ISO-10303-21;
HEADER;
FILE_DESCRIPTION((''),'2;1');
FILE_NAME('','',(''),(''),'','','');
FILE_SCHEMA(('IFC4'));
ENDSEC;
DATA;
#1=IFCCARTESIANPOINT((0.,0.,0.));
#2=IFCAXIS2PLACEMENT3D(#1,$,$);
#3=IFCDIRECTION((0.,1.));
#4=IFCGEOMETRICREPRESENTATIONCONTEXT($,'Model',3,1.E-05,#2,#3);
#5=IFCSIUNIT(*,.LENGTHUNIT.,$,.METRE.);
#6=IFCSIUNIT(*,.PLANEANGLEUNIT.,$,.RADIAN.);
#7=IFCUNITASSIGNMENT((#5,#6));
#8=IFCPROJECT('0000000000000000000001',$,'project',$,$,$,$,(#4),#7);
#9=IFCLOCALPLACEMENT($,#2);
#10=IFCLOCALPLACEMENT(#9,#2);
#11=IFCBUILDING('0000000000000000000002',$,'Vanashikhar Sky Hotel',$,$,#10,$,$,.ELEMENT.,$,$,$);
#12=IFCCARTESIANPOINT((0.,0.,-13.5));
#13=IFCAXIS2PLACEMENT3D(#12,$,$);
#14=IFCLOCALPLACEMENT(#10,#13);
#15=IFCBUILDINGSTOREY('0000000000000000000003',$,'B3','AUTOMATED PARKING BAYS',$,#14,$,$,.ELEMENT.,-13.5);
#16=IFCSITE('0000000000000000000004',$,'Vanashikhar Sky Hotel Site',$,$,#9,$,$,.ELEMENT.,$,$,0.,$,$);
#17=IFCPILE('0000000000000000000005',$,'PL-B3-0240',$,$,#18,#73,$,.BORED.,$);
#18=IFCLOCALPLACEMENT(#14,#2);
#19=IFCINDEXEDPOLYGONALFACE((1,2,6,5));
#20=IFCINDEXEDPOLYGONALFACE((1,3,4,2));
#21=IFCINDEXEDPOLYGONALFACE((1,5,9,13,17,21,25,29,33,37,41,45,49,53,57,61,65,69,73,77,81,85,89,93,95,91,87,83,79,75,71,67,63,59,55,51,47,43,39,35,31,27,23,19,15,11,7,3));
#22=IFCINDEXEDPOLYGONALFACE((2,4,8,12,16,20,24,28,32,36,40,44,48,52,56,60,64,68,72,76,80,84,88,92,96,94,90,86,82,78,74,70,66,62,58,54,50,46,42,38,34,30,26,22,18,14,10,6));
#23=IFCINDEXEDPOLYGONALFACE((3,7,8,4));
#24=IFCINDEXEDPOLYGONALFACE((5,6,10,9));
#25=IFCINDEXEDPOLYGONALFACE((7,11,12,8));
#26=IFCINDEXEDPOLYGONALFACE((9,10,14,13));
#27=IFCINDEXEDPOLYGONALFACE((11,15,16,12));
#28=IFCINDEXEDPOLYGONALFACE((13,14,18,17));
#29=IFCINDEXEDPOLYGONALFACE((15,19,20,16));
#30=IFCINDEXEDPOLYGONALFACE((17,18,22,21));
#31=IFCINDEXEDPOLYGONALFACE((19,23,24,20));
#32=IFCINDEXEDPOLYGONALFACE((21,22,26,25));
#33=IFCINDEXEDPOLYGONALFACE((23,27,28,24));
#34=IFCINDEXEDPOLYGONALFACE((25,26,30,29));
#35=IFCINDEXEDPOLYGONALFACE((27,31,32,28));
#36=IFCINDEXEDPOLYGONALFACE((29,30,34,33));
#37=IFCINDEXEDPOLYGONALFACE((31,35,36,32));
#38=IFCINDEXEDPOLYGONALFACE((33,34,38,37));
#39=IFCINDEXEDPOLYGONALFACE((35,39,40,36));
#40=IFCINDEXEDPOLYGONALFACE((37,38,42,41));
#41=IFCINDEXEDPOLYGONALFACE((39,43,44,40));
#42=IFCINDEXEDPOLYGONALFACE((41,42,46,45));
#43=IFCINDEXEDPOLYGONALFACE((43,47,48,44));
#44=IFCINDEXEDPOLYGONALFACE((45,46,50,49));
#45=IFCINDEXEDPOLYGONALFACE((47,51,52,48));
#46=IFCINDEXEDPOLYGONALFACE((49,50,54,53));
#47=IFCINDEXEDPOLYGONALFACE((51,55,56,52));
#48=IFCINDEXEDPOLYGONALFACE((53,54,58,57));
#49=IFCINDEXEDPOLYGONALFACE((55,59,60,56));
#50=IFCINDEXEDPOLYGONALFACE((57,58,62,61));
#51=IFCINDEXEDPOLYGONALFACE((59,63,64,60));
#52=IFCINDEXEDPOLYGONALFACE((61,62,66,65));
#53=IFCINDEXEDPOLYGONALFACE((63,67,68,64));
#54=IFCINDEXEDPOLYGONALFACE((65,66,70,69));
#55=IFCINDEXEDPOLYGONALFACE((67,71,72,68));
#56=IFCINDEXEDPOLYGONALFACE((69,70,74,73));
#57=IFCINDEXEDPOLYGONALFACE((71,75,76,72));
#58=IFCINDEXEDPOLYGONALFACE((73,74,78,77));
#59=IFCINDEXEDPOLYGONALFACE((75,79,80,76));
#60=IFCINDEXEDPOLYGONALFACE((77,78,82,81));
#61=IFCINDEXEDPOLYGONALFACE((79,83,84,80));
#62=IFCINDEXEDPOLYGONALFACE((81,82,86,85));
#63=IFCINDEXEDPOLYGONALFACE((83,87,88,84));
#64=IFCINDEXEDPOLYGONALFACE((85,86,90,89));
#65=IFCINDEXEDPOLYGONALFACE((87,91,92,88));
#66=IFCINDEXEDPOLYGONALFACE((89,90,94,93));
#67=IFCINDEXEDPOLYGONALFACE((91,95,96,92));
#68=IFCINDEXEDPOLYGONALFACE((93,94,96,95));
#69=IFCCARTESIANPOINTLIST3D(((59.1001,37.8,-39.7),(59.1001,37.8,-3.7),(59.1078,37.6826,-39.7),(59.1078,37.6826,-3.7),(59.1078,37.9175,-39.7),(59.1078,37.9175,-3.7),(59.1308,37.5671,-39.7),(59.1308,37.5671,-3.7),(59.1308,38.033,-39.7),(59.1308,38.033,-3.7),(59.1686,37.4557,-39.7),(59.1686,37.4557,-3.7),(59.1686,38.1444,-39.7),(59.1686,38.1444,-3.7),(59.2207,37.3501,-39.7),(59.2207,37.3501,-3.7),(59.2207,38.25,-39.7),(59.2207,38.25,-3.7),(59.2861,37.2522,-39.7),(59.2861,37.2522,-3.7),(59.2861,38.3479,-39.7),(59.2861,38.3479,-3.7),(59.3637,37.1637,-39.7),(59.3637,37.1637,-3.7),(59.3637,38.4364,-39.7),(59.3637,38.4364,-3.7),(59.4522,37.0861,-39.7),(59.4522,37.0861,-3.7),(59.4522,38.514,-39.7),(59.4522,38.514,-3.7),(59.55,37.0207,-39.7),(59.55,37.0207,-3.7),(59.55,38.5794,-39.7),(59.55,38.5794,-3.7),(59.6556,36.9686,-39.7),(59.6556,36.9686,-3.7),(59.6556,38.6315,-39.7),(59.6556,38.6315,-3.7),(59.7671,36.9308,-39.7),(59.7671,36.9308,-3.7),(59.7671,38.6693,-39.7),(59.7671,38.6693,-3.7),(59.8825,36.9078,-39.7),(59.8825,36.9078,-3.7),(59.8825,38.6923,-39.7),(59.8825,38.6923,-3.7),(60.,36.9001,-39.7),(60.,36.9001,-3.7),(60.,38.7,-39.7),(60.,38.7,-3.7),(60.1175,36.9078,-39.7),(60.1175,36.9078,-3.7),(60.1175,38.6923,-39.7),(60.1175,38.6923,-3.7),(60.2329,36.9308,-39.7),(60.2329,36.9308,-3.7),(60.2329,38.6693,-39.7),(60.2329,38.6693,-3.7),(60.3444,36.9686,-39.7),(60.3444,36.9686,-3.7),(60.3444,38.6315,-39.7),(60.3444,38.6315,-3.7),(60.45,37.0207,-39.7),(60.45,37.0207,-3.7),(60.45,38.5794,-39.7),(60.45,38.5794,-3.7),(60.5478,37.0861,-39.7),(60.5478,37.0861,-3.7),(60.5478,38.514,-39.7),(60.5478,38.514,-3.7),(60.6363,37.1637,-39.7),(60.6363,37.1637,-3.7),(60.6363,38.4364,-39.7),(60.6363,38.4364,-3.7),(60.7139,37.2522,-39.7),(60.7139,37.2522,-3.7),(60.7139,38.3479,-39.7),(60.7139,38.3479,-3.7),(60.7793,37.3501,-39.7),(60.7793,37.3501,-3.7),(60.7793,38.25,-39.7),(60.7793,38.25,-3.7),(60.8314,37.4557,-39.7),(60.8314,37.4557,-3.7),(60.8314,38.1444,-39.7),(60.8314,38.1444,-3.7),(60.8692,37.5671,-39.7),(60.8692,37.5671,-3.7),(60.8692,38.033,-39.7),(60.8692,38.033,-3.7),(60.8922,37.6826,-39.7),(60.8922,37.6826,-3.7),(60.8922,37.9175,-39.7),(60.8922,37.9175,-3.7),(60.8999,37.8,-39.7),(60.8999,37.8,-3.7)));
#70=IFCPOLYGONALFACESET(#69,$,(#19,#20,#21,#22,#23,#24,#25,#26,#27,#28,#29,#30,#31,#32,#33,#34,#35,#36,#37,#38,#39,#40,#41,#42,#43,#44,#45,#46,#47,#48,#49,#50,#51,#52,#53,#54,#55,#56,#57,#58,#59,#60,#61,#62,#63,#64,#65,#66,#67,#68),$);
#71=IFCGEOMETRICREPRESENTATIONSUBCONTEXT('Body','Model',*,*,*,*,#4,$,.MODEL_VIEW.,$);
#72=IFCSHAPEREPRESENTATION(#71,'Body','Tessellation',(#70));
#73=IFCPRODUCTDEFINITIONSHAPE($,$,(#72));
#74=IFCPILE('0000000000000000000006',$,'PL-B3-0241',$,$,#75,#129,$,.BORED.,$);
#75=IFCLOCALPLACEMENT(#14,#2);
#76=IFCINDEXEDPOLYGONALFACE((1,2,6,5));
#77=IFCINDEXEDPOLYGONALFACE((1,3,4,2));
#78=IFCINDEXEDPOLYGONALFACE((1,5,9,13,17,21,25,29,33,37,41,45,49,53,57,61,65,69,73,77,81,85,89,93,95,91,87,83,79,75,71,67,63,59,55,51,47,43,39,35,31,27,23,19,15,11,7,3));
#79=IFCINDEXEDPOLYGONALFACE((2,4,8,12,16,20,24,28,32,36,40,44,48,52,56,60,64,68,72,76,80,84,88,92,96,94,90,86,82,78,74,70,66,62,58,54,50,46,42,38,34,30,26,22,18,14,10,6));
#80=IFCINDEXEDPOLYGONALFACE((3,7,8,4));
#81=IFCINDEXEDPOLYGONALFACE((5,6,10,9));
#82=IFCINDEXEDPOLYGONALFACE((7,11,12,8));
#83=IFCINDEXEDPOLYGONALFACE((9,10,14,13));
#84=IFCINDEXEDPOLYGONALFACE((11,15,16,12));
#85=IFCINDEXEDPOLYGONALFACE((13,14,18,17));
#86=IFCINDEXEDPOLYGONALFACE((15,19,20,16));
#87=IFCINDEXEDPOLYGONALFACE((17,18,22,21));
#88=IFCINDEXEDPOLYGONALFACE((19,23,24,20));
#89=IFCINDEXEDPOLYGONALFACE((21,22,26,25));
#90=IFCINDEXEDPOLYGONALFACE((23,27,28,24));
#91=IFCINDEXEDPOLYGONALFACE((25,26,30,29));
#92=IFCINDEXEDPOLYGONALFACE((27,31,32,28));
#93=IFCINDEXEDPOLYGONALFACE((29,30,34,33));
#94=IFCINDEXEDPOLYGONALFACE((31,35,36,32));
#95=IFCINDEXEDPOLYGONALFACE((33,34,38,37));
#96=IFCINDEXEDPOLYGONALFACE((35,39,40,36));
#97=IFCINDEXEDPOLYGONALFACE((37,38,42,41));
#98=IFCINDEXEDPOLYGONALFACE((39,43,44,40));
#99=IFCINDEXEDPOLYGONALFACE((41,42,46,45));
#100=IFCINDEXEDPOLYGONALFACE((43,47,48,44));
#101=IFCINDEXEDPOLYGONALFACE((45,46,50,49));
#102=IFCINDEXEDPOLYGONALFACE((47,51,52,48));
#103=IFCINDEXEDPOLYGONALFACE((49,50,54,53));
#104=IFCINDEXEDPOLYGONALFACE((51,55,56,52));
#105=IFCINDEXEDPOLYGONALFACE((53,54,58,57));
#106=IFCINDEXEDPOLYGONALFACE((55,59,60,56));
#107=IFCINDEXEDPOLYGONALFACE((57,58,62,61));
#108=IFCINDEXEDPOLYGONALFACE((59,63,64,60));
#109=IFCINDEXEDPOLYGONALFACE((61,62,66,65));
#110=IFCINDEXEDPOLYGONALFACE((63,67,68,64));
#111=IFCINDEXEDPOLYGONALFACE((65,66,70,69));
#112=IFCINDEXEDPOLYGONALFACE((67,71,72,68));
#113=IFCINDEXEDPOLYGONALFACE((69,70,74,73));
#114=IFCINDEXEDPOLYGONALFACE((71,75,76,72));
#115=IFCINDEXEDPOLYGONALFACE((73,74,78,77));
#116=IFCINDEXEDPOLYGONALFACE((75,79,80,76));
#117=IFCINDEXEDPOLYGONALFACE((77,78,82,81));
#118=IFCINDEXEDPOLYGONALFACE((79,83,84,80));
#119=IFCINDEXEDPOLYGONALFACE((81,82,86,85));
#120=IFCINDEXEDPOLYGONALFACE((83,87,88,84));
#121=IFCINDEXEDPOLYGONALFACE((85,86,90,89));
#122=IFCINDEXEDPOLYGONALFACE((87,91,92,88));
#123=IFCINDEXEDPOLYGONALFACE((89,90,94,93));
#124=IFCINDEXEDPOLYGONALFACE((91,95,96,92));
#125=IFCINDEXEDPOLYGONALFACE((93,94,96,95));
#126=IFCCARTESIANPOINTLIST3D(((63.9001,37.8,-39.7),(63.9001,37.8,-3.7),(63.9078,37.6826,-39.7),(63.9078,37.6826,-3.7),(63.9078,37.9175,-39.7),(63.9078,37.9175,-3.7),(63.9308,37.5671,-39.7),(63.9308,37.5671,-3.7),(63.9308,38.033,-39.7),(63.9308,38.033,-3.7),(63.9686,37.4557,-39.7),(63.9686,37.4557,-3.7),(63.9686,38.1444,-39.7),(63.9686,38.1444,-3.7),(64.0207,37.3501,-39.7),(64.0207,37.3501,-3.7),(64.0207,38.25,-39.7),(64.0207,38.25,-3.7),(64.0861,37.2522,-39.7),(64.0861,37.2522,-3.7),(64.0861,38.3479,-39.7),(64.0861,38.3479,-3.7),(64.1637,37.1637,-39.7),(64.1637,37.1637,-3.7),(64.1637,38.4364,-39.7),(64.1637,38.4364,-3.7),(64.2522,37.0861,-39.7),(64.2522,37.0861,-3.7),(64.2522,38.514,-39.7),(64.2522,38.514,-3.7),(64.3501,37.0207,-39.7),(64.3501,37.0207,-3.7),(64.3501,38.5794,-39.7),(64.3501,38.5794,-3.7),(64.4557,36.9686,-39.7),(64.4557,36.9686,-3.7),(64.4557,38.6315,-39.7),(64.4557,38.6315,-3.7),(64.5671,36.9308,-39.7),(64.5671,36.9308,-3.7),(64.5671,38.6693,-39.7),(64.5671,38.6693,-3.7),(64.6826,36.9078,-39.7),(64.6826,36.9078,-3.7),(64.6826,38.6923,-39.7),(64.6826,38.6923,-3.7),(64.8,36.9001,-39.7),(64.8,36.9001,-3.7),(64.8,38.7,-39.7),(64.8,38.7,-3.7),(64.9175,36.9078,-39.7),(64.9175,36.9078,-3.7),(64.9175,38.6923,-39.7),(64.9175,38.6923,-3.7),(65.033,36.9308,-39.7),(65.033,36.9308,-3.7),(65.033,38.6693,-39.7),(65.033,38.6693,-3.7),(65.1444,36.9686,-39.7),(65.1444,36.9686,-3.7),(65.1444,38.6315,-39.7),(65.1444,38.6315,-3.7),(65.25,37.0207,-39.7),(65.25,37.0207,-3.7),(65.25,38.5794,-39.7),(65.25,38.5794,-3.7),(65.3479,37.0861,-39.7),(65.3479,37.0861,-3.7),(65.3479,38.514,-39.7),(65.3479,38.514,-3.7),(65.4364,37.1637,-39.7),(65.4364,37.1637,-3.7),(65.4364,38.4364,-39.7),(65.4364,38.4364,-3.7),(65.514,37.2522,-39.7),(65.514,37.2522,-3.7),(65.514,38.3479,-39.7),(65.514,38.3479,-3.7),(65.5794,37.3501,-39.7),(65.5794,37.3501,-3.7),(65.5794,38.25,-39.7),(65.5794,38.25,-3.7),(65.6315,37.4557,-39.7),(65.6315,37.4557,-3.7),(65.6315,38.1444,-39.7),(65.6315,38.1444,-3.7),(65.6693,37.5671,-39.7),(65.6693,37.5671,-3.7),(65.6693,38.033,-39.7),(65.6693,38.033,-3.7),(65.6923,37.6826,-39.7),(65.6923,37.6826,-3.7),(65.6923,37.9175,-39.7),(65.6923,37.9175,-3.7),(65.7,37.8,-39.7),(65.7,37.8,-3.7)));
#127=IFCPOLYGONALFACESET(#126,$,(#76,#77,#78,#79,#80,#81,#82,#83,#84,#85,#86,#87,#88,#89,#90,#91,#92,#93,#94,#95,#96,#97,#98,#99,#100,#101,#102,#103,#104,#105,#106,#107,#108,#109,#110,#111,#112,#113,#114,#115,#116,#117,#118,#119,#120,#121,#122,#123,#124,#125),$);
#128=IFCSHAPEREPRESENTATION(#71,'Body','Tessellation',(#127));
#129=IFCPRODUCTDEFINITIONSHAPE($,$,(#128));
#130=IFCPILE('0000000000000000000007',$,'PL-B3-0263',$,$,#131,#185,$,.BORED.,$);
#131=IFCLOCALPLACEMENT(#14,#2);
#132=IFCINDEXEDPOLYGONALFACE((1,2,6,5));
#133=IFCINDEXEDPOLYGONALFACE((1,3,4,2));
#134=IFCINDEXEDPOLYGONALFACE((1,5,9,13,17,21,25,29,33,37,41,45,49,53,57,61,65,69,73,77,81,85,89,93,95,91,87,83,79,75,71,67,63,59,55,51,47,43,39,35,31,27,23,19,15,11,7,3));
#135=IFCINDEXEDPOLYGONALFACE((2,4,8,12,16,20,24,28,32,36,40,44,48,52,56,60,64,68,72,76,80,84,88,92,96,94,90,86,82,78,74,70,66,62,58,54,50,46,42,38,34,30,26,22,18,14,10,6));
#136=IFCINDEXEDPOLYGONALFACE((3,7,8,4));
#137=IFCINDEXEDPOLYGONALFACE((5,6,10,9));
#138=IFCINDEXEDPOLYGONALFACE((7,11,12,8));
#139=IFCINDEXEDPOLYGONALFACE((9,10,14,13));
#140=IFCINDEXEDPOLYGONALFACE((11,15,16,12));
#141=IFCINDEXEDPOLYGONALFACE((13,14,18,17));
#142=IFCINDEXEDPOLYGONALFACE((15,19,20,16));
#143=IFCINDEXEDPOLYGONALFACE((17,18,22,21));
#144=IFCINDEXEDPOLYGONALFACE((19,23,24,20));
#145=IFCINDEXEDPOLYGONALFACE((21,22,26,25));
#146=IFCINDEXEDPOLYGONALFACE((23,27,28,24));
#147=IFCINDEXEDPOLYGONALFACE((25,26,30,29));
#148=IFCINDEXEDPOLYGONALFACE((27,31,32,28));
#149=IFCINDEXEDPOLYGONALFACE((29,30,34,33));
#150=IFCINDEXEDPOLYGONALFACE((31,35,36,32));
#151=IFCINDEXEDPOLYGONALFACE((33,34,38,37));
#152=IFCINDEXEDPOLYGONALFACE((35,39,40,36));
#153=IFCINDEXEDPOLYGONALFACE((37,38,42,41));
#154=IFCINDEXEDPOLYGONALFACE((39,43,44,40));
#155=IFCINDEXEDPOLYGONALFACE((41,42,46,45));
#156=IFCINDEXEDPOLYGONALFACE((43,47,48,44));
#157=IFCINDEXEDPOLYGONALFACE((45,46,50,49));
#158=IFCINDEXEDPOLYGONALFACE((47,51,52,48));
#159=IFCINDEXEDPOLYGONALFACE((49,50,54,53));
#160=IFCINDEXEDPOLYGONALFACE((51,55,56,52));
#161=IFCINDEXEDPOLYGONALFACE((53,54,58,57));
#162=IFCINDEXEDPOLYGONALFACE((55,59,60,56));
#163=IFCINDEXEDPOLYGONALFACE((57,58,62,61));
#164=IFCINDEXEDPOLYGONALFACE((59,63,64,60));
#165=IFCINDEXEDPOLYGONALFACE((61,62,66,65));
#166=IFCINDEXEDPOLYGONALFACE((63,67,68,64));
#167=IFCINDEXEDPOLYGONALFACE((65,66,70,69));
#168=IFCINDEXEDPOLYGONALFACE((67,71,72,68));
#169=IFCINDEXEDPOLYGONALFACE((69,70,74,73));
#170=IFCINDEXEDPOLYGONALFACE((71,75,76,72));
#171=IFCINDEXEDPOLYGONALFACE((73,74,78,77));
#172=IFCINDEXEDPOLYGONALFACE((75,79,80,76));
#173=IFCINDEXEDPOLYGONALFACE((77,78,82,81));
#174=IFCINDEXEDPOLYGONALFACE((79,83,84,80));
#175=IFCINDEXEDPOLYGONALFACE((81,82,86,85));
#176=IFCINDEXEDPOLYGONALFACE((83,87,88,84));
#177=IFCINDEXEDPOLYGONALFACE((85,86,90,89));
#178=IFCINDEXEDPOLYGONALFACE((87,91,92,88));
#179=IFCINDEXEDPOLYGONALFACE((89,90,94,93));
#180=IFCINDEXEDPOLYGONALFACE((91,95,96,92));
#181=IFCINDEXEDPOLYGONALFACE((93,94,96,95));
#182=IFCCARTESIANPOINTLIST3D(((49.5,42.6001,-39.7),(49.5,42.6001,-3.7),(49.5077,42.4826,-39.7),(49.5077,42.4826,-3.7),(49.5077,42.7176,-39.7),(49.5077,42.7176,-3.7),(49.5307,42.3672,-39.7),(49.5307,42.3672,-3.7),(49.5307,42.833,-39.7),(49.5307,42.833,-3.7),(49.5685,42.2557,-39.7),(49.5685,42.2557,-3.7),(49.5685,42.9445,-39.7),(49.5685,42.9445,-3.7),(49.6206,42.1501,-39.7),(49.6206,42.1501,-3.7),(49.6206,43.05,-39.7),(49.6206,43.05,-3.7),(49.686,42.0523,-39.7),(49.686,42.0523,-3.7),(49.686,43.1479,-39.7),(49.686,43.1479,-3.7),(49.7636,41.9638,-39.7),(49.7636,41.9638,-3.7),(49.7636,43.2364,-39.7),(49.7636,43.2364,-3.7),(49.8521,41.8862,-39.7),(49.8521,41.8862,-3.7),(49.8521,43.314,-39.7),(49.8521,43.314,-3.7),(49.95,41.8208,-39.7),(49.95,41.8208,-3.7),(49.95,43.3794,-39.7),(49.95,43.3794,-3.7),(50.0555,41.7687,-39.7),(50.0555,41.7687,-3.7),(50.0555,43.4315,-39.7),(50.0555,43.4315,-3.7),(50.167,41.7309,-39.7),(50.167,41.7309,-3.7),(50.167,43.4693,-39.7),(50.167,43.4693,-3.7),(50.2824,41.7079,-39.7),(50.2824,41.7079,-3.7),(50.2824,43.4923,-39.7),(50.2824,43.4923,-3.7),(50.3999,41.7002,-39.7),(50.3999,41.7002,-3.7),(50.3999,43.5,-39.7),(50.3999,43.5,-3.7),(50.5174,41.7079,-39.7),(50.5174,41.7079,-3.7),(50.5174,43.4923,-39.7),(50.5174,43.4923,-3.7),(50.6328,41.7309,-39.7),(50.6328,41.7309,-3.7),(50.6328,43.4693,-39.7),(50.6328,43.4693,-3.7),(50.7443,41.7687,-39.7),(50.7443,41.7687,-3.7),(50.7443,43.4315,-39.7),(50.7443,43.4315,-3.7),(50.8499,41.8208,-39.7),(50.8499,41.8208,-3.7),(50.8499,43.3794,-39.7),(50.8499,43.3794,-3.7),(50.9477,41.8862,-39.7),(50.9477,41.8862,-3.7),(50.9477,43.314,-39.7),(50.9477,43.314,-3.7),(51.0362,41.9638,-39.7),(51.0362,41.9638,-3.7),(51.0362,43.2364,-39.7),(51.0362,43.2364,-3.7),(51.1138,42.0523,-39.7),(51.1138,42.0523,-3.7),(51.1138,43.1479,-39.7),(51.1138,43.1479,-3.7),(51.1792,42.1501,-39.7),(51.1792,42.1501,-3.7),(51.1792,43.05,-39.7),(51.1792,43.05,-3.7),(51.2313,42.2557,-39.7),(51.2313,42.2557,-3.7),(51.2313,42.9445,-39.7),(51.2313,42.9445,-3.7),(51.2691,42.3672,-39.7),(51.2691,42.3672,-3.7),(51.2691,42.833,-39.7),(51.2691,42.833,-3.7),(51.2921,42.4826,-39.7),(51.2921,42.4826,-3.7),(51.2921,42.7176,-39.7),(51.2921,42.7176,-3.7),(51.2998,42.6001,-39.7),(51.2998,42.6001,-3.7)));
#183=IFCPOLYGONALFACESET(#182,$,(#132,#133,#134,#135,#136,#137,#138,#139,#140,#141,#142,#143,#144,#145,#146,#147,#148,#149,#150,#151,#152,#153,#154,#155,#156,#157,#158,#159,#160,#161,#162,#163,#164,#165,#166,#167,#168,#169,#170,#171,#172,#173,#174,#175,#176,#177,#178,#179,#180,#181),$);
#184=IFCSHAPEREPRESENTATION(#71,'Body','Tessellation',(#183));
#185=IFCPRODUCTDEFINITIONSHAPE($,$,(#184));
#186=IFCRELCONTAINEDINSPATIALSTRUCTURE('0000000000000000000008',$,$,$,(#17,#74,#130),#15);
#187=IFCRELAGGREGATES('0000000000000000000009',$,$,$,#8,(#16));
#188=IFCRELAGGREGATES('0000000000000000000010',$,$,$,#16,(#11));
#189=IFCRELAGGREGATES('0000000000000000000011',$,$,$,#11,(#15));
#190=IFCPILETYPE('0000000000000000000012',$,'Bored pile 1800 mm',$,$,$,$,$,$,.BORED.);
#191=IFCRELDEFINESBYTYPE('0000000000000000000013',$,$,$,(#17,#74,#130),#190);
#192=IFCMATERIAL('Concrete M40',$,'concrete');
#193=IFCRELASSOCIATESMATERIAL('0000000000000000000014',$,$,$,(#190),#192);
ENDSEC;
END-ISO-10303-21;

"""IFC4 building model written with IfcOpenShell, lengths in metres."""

from ifc_helpers import new_model, si_unit, direction, frame, origin, origin_2d, place, context, subcontext, project, spatial, circle, extrude, source, transform, mapped, material, type_object, element, save


model = new_model("IFC4")

# Units and contexts
model_context = context("Model", 3, precision=1e-05, world=origin(), true_north=direction((0.0, 1.0)))
body_context = subcontext(model_context, "Body", "Model", "MODEL_VIEW")
ifc_project = project(units=[si_unit("LENGTHUNIT", "METRE"), si_unit("PLANEANGLEUNIT", "RADIAN")], contexts=[model_context])

# Site, building, storey
site_placement = place(None, origin())
site = spatial("IfcSite", under=ifc_project, at=site_placement, Name="Vanashikhar Sky Hotel Site", CompositionType="ELEMENT", RefElevation=0.0)
building_placement = place(site_placement, origin())
building = spatial("IfcBuilding", under=site, at=building_placement, Name="Vanashikhar Sky Hotel", CompositionType="ELEMENT")
storey_placement = place(building_placement, frame((0.0, 0.0, -13.5)))
storey = spatial("IfcBuildingStorey", under=building, at=storey_placement, Name="B3", Description="AUTOMATED PARKING BAYS", CompositionType="ELEMENT", Elevation=-13.5)

# Piles
ifc_material_1 = material(Name="Concrete M40", Category="concrete")
pile_type_1 = type_object("IfcPileType", Name="Bored pile 1800 mm", PredefinedType="BORED", material=ifc_material_1)
shared_shape_1 = source(origin(), body_context, "Body", "SweptSolid", [
    extrude(circle(Radius=0.8999, at=origin_2d()), origin(), (0.0, 0.0, 1.0), 36.0),
])
for number, where, z_axis, x_axis, name in (
    (1, (60.0, 37.8, -3.7), (0.0, 0.0, -1.0), (1.0, 0.0, 0.0), "PL-B3-0240"),
    (2, (64.8, 37.8, -3.7), (0.0, 0.0, -1.0), (1.0, 0.0, 0.0), "PL-B3-0241"),
    (3, (50.3999, 42.6001, -3.7), (0.0, 0.0, -1.0), (1.0, 0.0, 0.0), "PL-B3-0263"),
):
    element("IfcPile", number, at=place(storey_placement, frame(where, z_axis=z_axis, x_axis=x_axis)), inside=storey, type_object=pile_type_1, Name=name, PredefinedType="BORED", context=body_context, shape_type="MappedRepresentation", body=[
        mapped(shared_shape_1, transform((0.0, 0.0, 0.0), scale=1.0)),
    ])

save(model, "model.ifc")
